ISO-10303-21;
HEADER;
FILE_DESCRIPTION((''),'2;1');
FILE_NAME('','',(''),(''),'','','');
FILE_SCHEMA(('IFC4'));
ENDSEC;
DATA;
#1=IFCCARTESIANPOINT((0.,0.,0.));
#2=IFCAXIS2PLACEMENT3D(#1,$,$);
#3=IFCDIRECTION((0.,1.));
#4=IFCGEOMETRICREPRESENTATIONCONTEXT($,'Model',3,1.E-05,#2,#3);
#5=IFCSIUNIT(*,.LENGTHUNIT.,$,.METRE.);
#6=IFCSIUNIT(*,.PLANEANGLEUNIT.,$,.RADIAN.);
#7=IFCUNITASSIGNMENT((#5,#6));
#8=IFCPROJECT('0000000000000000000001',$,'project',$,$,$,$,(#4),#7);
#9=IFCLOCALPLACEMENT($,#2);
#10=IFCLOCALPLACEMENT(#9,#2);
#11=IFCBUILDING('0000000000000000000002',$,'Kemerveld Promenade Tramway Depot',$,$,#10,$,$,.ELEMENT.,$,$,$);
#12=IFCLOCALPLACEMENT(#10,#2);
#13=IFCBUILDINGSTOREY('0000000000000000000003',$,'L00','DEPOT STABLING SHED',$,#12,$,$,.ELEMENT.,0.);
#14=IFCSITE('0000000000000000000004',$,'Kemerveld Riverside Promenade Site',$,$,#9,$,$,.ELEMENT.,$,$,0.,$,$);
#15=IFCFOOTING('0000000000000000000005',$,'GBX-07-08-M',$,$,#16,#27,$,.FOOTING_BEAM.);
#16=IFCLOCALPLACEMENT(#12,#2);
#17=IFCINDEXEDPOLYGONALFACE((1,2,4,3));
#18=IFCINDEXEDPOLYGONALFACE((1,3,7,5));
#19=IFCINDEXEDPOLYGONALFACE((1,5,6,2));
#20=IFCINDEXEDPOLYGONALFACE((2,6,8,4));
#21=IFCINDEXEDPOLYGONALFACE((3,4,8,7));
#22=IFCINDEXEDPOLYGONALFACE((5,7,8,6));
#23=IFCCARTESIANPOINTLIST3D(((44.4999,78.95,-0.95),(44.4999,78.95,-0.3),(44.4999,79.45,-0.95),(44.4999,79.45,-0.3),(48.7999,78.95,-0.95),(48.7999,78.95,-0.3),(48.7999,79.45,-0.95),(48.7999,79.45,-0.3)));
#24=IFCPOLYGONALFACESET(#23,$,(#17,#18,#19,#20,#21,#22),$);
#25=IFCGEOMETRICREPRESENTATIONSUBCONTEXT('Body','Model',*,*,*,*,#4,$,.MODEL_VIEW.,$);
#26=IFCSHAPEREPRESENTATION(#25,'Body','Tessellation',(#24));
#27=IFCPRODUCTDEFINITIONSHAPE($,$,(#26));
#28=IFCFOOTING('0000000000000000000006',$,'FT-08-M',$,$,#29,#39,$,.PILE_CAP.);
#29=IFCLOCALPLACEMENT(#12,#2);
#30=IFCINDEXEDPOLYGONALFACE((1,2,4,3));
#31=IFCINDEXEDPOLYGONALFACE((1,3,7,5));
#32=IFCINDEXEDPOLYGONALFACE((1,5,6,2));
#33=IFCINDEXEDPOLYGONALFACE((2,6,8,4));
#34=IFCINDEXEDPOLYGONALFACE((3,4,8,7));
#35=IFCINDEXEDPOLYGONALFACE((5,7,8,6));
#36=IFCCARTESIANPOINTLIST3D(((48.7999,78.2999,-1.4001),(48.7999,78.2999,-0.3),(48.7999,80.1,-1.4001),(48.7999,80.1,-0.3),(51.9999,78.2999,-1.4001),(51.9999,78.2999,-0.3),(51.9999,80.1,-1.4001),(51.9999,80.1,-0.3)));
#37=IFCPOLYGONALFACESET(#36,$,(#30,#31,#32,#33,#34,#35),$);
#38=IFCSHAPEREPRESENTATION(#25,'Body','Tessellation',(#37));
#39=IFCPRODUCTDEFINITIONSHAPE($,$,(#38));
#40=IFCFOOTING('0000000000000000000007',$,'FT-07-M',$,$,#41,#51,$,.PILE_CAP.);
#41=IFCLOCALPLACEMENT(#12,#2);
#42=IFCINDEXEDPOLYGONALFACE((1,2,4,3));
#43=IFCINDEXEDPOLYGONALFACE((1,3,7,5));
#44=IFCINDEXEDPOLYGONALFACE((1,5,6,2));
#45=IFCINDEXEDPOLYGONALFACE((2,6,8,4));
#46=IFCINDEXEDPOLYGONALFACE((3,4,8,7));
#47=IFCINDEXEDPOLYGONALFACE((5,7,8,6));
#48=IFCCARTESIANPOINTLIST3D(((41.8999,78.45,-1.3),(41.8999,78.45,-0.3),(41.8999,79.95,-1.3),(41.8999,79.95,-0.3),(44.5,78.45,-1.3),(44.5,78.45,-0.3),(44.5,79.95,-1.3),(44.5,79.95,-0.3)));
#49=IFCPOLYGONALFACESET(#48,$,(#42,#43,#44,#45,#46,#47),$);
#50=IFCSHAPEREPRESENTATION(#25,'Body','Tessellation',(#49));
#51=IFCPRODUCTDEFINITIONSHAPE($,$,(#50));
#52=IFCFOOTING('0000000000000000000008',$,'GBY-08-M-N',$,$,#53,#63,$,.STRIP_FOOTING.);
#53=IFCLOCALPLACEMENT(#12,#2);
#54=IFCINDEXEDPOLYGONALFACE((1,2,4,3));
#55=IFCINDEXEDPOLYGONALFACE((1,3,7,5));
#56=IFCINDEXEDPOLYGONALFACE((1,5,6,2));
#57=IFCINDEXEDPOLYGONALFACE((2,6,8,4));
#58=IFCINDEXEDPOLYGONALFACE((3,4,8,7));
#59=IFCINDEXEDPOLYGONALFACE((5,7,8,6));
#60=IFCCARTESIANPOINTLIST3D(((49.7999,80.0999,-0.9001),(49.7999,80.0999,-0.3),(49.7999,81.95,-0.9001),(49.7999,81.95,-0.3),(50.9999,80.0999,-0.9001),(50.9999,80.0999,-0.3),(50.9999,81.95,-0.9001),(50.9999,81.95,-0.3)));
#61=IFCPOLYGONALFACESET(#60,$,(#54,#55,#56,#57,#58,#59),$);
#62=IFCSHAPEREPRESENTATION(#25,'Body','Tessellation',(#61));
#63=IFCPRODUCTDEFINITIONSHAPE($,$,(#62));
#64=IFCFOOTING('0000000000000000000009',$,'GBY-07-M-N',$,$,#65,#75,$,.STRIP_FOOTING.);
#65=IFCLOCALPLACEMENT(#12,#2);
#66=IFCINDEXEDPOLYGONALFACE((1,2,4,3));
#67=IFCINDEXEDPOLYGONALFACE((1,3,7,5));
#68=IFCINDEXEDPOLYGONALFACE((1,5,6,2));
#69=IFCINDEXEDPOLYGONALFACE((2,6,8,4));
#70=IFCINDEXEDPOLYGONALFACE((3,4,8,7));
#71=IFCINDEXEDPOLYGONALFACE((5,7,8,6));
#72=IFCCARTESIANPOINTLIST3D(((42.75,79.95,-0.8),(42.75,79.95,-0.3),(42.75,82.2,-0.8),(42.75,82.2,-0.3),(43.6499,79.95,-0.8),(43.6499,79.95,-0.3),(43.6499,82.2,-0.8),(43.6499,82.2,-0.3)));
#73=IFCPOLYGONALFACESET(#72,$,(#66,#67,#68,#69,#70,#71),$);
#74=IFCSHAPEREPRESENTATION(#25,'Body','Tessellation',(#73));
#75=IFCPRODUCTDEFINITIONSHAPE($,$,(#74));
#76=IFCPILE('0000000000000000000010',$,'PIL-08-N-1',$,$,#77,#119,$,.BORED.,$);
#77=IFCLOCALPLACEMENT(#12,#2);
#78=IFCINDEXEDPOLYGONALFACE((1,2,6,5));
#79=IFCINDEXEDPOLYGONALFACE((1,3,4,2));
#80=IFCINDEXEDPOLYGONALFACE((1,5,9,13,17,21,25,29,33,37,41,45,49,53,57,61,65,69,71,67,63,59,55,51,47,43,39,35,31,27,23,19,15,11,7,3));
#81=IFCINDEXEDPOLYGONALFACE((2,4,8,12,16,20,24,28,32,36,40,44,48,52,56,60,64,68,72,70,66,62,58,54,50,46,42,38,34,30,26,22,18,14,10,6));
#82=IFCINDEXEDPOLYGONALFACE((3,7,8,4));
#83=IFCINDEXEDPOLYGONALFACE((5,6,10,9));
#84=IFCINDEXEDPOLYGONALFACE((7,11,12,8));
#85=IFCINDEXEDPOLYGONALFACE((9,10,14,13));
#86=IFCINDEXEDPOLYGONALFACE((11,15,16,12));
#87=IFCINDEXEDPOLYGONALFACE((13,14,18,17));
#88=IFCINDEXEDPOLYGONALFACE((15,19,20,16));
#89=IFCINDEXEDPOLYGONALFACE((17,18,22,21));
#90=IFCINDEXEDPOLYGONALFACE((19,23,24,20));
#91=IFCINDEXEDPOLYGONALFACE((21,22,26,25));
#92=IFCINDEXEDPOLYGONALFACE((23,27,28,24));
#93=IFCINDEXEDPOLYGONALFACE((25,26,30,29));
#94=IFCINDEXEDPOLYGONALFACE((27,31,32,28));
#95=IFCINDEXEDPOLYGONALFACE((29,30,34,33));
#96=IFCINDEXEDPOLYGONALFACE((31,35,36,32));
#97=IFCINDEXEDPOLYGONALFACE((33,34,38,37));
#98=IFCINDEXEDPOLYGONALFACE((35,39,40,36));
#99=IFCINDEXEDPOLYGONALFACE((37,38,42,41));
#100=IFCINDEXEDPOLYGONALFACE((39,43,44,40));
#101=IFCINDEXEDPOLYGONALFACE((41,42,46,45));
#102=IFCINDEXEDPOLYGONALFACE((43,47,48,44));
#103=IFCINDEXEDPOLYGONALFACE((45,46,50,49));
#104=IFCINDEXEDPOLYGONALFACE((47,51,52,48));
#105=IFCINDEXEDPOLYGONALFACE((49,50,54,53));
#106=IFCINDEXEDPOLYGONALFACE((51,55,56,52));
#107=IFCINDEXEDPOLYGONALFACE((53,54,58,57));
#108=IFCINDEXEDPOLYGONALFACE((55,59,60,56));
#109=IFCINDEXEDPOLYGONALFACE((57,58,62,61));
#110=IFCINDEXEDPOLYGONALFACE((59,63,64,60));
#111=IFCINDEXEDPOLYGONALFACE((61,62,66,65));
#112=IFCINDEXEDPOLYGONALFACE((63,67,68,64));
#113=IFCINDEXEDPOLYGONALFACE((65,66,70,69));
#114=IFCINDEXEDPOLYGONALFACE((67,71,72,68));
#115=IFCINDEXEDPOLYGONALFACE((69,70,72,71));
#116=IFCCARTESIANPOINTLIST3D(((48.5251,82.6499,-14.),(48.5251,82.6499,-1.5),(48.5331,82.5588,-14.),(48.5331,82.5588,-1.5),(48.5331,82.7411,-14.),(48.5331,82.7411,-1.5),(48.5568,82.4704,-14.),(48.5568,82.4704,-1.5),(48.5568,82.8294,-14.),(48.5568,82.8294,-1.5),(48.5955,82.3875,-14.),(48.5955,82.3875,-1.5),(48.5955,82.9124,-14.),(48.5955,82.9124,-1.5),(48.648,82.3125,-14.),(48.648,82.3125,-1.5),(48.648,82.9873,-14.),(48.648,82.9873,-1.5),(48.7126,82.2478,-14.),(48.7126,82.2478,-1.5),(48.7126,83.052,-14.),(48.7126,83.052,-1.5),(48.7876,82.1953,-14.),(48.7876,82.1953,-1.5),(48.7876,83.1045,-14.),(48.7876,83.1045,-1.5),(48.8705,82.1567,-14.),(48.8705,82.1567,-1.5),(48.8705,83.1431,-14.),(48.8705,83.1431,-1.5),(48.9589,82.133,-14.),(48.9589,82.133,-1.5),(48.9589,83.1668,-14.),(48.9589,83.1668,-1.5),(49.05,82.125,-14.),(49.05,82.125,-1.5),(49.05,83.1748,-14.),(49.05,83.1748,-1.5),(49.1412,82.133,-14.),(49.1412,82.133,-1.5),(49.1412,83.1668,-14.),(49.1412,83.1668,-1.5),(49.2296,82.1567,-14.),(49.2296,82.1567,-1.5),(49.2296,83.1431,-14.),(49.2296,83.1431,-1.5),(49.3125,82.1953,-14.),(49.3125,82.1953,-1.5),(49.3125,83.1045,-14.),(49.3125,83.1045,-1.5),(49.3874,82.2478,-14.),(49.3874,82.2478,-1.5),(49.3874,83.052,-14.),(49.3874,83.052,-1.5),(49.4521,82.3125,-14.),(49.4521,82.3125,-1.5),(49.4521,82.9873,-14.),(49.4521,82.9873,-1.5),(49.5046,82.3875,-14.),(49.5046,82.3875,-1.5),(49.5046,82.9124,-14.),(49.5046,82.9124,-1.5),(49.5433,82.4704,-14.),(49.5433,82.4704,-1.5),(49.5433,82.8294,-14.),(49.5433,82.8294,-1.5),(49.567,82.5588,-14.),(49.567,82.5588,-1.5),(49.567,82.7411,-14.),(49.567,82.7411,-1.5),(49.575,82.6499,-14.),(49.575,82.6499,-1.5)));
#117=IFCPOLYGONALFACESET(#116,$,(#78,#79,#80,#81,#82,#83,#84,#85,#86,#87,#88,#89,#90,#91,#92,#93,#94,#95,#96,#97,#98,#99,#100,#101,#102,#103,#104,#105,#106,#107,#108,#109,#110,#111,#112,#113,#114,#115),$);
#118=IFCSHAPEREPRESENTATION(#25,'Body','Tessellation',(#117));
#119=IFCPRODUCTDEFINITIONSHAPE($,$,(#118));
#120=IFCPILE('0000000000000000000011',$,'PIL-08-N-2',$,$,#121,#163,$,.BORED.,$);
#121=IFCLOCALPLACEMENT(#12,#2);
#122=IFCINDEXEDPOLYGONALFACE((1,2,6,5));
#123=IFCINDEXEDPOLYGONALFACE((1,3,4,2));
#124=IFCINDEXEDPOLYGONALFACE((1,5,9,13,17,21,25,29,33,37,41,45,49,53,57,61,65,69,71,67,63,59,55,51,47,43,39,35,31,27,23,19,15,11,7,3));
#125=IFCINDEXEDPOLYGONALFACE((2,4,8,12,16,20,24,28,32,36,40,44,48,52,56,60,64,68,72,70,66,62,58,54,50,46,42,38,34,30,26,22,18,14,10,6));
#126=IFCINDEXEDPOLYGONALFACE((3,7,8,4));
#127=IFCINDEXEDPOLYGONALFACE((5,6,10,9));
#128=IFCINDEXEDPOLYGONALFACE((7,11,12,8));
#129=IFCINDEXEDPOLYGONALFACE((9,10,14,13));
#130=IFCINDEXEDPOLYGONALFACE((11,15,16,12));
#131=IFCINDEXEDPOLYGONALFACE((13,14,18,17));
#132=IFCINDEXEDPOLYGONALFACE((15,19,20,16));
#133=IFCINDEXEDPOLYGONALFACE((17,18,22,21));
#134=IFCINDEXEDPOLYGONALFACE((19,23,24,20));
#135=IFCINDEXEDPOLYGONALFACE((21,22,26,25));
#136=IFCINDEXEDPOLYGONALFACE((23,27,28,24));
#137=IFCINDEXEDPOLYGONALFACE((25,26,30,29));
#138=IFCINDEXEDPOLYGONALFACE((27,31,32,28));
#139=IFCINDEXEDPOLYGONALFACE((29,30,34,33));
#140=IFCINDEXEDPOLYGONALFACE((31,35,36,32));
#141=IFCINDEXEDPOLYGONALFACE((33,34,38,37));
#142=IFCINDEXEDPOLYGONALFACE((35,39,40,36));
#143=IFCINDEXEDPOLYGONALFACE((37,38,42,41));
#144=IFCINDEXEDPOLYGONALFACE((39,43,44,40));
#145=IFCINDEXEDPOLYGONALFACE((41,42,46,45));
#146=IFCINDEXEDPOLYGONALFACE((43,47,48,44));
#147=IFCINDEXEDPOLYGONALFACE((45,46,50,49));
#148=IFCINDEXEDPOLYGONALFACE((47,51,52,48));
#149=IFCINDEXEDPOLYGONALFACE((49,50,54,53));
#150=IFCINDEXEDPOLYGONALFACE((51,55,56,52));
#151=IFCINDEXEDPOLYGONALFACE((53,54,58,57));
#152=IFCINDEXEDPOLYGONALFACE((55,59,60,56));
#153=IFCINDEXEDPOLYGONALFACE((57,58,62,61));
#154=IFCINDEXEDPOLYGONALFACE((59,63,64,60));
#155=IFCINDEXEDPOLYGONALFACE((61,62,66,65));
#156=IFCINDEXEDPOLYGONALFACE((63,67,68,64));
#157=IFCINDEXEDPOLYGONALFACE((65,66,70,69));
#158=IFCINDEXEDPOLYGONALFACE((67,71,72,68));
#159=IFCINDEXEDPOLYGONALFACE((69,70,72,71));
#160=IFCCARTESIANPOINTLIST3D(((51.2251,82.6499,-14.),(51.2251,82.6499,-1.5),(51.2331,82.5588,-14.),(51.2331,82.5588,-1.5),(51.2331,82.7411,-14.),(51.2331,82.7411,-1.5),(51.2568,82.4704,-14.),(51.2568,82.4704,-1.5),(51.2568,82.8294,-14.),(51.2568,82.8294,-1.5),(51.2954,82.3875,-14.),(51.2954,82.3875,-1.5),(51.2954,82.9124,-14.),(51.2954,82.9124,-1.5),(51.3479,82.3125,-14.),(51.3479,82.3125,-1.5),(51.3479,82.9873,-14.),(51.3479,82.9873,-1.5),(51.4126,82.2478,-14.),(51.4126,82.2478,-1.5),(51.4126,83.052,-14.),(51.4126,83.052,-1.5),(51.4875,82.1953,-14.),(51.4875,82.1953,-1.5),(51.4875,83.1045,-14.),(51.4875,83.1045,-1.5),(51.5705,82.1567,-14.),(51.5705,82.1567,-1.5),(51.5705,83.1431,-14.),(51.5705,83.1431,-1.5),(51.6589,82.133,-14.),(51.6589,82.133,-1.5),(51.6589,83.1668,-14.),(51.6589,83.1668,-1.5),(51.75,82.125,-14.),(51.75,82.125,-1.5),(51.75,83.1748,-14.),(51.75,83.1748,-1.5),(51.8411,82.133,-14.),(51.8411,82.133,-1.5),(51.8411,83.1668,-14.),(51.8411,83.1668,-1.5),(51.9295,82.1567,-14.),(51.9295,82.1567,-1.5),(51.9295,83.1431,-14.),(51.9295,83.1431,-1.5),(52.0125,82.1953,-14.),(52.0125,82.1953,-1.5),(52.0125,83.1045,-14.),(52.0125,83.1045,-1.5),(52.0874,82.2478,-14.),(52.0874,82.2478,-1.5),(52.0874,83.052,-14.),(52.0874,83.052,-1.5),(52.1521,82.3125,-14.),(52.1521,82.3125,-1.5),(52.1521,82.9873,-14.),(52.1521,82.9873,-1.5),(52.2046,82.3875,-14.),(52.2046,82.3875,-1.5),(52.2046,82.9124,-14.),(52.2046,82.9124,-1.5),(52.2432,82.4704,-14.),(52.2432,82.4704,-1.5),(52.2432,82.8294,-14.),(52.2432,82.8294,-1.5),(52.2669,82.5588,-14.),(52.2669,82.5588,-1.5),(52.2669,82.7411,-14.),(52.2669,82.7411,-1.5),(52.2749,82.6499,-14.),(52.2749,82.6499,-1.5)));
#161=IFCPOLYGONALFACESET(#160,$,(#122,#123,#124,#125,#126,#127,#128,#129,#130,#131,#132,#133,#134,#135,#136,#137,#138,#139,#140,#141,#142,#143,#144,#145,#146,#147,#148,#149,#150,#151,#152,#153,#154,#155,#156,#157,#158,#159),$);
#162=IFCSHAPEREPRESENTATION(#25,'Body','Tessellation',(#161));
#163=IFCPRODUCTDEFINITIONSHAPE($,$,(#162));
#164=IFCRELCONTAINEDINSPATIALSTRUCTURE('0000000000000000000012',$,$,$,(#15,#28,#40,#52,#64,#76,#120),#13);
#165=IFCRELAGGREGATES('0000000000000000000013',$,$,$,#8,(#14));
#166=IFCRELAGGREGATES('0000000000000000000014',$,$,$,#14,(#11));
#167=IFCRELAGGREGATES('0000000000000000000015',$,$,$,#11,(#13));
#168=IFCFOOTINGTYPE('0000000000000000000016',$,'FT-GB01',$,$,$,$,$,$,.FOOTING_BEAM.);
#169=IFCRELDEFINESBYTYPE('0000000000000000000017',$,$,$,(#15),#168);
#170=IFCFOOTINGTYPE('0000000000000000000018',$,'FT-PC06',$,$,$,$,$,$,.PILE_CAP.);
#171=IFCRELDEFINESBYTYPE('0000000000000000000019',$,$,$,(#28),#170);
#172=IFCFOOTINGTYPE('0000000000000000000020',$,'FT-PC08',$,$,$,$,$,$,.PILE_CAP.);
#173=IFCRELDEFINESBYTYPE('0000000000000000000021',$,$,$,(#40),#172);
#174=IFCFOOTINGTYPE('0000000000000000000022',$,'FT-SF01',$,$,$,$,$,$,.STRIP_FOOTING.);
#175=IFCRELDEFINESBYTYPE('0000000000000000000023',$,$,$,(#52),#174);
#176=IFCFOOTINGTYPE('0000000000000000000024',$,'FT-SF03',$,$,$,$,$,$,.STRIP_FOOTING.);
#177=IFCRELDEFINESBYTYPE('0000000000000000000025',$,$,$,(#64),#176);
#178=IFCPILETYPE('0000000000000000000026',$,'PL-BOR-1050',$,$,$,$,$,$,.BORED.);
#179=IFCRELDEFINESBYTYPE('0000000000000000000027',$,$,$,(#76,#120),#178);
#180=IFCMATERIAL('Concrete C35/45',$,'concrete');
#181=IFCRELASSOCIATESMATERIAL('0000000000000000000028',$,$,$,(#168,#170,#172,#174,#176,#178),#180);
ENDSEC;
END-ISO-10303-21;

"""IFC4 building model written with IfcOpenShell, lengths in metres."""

from ifc_helpers import new_model, si_unit, direction, frame, origin, origin_2d, place, context, subcontext, project, spatial, rectangle, circle, extrude, material, material_profile, profile_set, type_object, element, save


model = new_model("IFC4")

# Units and contexts
model_context = context("Model", 3, precision=1e-05, world=origin(), true_north=direction((0.0, 1.0)))
body_context = subcontext(model_context, "Body", "Model", "MODEL_VIEW")
ifc_project = project(units=[si_unit("LENGTHUNIT", "METRE"), si_unit("PLANEANGLEUNIT", "RADIAN")], contexts=[model_context])

# Site, building, storey
site_placement = place(None, origin())
site = spatial("IfcSite", under=ifc_project, at=site_placement, Name="Kemerveld Riverside Promenade Site", CompositionType="ELEMENT", RefElevation=0.0)
building_placement = place(site_placement, origin())
building = spatial("IfcBuilding", under=site, at=building_placement, Name="Kemerveld Promenade Tramway Depot", CompositionType="ELEMENT")
storey_placement = place(building_placement, origin())
storey = spatial("IfcBuildingStorey", under=building, at=storey_placement, Name="L00", Description="DEPOT STABLING SHED", CompositionType="ELEMENT", Elevation=0.0)

# Footings
ifc_material_1 = material(Name="Concrete C35/45", Category="concrete")
footing_type_1 = type_object("IfcFootingType", Name="FT-GB01", PredefinedType="FOOTING_BEAM", material=ifc_material_1)
footing_1_placement = place(storey_placement, frame((46.6499, 79.2, -0.95), z_axis=(0.0, 0.0, 1.0), x_axis=(1.0, 0.0, 0.0)))
element("IfcFooting", 1, at=footing_1_placement, inside=storey, type_object=footing_type_1, Name="GBX-07-08-M", PredefinedType="FOOTING_BEAM", context=body_context, shape_type="SweptSolid", body=[
    extrude(rectangle(XDim=4.3, YDim=0.5, at=origin_2d()), origin(), (0.0, 0.0, 1.0), 0.6499),
])
footing_type_2 = type_object("IfcFootingType", Name="FT-PC06", PredefinedType="PILE_CAP", material=ifc_material_1)
footing_2_placement = place(storey_placement, frame((50.3999, 79.2, -1.4001), z_axis=(0.0, 0.0, 1.0), x_axis=(1.0, 0.0, 0.0)))
element("IfcFooting", 2, at=footing_2_placement, inside=storey, type_object=footing_type_2, Name="FT-08-M", PredefinedType="PILE_CAP", context=body_context, shape_type="SweptSolid", body=[
    extrude(rectangle(XDim=3.2, YDim=1.8, at=origin_2d()), origin(), (0.0, 0.0, 1.0), 1.1001),
])
footing_type_3 = type_object("IfcFootingType", Name="FT-PC08", PredefinedType="PILE_CAP", material=ifc_material_1)
footing_3_placement = place(storey_placement, frame((43.2, 79.2, -1.3), z_axis=(0.0, 0.0, 1.0), x_axis=(1.0, 0.0, 0.0)))
element("IfcFooting", 3, at=footing_3_placement, inside=storey, type_object=footing_type_3, Name="FT-07-M", PredefinedType="PILE_CAP", context=body_context, shape_type="SweptSolid", body=[
    extrude(rectangle(XDim=2.6001, YDim=1.5, at=origin_2d()), origin(), (0.0, 0.0, 1.0), 1.0),
])
footing_type_4 = type_object("IfcFootingType", Name="FT-SF01", PredefinedType="STRIP_FOOTING", material=ifc_material_1)
footing_4_placement = place(storey_placement, frame((50.3999, 81.0249, -0.9001), z_axis=(0.0, 0.0, 1.0), x_axis=(0.0, 1.0, 0.0)))
element("IfcFooting", 4, at=footing_4_placement, inside=storey, type_object=footing_type_4, Name="GBY-08-M-N", PredefinedType="STRIP_FOOTING", context=body_context, shape_type="SweptSolid", body=[
    extrude(rectangle(XDim=1.8501, YDim=1.2, at=origin_2d()), origin(), (0.0, 0.0, 1.0), 0.6001),
])
footing_type_5 = type_object("IfcFootingType", Name="FT-SF03", PredefinedType="STRIP_FOOTING", material=ifc_material_1)
footing_5_placement = place(storey_placement, frame((43.2, 81.075, -0.8), z_axis=(0.0, 0.0, 1.0), x_axis=(0.0, 1.0, 0.0)))
element("IfcFooting", 5, at=footing_5_placement, inside=storey, type_object=footing_type_5, Name="GBY-07-M-N", PredefinedType="STRIP_FOOTING", context=body_context, shape_type="SweptSolid", body=[
    extrude(rectangle(XDim=2.25, YDim=0.8999, at=origin_2d()), origin(), (0.0, 0.0, 1.0), 0.5),
])

# Piles
ifc_material_profile_1 = material_profile(ifc_material_1, circle(Radius=0.5249, at=origin_2d()), Name="PILE-D1050")
ifc_profile_set_1 = profile_set([ifc_material_profile_1], Name="Concrete C35/45")
pile_type_1 = type_object("IfcPileType", Name="PL-BOR-1050", PredefinedType="BORED", material=ifc_profile_set_1)
for number, where, z_axis, x_axis, name in (
    (6, (49.05, 82.6499, -1.5), (0.0, 0.0, -1.0), (1.0, 0.0, 0.0), "PIL-08-N-1"),
    (7, (51.75, 82.6499, -1.5), (0.0, 0.0, -1.0), (1.0, 0.0, 0.0), "PIL-08-N-2"),
):
    element("IfcPile", number, at=place(storey_placement, frame(where, z_axis=z_axis, x_axis=x_axis)), inside=storey, type_object=pile_type_1, Name=name, PredefinedType="BORED", context=body_context, shape_type="SweptSolid", body=[
        extrude(circle(Radius=0.5249, at=origin_2d()), origin(), (0.0, 0.0, 1.0), 12.5),
    ])

save(model, "model.ifc")
